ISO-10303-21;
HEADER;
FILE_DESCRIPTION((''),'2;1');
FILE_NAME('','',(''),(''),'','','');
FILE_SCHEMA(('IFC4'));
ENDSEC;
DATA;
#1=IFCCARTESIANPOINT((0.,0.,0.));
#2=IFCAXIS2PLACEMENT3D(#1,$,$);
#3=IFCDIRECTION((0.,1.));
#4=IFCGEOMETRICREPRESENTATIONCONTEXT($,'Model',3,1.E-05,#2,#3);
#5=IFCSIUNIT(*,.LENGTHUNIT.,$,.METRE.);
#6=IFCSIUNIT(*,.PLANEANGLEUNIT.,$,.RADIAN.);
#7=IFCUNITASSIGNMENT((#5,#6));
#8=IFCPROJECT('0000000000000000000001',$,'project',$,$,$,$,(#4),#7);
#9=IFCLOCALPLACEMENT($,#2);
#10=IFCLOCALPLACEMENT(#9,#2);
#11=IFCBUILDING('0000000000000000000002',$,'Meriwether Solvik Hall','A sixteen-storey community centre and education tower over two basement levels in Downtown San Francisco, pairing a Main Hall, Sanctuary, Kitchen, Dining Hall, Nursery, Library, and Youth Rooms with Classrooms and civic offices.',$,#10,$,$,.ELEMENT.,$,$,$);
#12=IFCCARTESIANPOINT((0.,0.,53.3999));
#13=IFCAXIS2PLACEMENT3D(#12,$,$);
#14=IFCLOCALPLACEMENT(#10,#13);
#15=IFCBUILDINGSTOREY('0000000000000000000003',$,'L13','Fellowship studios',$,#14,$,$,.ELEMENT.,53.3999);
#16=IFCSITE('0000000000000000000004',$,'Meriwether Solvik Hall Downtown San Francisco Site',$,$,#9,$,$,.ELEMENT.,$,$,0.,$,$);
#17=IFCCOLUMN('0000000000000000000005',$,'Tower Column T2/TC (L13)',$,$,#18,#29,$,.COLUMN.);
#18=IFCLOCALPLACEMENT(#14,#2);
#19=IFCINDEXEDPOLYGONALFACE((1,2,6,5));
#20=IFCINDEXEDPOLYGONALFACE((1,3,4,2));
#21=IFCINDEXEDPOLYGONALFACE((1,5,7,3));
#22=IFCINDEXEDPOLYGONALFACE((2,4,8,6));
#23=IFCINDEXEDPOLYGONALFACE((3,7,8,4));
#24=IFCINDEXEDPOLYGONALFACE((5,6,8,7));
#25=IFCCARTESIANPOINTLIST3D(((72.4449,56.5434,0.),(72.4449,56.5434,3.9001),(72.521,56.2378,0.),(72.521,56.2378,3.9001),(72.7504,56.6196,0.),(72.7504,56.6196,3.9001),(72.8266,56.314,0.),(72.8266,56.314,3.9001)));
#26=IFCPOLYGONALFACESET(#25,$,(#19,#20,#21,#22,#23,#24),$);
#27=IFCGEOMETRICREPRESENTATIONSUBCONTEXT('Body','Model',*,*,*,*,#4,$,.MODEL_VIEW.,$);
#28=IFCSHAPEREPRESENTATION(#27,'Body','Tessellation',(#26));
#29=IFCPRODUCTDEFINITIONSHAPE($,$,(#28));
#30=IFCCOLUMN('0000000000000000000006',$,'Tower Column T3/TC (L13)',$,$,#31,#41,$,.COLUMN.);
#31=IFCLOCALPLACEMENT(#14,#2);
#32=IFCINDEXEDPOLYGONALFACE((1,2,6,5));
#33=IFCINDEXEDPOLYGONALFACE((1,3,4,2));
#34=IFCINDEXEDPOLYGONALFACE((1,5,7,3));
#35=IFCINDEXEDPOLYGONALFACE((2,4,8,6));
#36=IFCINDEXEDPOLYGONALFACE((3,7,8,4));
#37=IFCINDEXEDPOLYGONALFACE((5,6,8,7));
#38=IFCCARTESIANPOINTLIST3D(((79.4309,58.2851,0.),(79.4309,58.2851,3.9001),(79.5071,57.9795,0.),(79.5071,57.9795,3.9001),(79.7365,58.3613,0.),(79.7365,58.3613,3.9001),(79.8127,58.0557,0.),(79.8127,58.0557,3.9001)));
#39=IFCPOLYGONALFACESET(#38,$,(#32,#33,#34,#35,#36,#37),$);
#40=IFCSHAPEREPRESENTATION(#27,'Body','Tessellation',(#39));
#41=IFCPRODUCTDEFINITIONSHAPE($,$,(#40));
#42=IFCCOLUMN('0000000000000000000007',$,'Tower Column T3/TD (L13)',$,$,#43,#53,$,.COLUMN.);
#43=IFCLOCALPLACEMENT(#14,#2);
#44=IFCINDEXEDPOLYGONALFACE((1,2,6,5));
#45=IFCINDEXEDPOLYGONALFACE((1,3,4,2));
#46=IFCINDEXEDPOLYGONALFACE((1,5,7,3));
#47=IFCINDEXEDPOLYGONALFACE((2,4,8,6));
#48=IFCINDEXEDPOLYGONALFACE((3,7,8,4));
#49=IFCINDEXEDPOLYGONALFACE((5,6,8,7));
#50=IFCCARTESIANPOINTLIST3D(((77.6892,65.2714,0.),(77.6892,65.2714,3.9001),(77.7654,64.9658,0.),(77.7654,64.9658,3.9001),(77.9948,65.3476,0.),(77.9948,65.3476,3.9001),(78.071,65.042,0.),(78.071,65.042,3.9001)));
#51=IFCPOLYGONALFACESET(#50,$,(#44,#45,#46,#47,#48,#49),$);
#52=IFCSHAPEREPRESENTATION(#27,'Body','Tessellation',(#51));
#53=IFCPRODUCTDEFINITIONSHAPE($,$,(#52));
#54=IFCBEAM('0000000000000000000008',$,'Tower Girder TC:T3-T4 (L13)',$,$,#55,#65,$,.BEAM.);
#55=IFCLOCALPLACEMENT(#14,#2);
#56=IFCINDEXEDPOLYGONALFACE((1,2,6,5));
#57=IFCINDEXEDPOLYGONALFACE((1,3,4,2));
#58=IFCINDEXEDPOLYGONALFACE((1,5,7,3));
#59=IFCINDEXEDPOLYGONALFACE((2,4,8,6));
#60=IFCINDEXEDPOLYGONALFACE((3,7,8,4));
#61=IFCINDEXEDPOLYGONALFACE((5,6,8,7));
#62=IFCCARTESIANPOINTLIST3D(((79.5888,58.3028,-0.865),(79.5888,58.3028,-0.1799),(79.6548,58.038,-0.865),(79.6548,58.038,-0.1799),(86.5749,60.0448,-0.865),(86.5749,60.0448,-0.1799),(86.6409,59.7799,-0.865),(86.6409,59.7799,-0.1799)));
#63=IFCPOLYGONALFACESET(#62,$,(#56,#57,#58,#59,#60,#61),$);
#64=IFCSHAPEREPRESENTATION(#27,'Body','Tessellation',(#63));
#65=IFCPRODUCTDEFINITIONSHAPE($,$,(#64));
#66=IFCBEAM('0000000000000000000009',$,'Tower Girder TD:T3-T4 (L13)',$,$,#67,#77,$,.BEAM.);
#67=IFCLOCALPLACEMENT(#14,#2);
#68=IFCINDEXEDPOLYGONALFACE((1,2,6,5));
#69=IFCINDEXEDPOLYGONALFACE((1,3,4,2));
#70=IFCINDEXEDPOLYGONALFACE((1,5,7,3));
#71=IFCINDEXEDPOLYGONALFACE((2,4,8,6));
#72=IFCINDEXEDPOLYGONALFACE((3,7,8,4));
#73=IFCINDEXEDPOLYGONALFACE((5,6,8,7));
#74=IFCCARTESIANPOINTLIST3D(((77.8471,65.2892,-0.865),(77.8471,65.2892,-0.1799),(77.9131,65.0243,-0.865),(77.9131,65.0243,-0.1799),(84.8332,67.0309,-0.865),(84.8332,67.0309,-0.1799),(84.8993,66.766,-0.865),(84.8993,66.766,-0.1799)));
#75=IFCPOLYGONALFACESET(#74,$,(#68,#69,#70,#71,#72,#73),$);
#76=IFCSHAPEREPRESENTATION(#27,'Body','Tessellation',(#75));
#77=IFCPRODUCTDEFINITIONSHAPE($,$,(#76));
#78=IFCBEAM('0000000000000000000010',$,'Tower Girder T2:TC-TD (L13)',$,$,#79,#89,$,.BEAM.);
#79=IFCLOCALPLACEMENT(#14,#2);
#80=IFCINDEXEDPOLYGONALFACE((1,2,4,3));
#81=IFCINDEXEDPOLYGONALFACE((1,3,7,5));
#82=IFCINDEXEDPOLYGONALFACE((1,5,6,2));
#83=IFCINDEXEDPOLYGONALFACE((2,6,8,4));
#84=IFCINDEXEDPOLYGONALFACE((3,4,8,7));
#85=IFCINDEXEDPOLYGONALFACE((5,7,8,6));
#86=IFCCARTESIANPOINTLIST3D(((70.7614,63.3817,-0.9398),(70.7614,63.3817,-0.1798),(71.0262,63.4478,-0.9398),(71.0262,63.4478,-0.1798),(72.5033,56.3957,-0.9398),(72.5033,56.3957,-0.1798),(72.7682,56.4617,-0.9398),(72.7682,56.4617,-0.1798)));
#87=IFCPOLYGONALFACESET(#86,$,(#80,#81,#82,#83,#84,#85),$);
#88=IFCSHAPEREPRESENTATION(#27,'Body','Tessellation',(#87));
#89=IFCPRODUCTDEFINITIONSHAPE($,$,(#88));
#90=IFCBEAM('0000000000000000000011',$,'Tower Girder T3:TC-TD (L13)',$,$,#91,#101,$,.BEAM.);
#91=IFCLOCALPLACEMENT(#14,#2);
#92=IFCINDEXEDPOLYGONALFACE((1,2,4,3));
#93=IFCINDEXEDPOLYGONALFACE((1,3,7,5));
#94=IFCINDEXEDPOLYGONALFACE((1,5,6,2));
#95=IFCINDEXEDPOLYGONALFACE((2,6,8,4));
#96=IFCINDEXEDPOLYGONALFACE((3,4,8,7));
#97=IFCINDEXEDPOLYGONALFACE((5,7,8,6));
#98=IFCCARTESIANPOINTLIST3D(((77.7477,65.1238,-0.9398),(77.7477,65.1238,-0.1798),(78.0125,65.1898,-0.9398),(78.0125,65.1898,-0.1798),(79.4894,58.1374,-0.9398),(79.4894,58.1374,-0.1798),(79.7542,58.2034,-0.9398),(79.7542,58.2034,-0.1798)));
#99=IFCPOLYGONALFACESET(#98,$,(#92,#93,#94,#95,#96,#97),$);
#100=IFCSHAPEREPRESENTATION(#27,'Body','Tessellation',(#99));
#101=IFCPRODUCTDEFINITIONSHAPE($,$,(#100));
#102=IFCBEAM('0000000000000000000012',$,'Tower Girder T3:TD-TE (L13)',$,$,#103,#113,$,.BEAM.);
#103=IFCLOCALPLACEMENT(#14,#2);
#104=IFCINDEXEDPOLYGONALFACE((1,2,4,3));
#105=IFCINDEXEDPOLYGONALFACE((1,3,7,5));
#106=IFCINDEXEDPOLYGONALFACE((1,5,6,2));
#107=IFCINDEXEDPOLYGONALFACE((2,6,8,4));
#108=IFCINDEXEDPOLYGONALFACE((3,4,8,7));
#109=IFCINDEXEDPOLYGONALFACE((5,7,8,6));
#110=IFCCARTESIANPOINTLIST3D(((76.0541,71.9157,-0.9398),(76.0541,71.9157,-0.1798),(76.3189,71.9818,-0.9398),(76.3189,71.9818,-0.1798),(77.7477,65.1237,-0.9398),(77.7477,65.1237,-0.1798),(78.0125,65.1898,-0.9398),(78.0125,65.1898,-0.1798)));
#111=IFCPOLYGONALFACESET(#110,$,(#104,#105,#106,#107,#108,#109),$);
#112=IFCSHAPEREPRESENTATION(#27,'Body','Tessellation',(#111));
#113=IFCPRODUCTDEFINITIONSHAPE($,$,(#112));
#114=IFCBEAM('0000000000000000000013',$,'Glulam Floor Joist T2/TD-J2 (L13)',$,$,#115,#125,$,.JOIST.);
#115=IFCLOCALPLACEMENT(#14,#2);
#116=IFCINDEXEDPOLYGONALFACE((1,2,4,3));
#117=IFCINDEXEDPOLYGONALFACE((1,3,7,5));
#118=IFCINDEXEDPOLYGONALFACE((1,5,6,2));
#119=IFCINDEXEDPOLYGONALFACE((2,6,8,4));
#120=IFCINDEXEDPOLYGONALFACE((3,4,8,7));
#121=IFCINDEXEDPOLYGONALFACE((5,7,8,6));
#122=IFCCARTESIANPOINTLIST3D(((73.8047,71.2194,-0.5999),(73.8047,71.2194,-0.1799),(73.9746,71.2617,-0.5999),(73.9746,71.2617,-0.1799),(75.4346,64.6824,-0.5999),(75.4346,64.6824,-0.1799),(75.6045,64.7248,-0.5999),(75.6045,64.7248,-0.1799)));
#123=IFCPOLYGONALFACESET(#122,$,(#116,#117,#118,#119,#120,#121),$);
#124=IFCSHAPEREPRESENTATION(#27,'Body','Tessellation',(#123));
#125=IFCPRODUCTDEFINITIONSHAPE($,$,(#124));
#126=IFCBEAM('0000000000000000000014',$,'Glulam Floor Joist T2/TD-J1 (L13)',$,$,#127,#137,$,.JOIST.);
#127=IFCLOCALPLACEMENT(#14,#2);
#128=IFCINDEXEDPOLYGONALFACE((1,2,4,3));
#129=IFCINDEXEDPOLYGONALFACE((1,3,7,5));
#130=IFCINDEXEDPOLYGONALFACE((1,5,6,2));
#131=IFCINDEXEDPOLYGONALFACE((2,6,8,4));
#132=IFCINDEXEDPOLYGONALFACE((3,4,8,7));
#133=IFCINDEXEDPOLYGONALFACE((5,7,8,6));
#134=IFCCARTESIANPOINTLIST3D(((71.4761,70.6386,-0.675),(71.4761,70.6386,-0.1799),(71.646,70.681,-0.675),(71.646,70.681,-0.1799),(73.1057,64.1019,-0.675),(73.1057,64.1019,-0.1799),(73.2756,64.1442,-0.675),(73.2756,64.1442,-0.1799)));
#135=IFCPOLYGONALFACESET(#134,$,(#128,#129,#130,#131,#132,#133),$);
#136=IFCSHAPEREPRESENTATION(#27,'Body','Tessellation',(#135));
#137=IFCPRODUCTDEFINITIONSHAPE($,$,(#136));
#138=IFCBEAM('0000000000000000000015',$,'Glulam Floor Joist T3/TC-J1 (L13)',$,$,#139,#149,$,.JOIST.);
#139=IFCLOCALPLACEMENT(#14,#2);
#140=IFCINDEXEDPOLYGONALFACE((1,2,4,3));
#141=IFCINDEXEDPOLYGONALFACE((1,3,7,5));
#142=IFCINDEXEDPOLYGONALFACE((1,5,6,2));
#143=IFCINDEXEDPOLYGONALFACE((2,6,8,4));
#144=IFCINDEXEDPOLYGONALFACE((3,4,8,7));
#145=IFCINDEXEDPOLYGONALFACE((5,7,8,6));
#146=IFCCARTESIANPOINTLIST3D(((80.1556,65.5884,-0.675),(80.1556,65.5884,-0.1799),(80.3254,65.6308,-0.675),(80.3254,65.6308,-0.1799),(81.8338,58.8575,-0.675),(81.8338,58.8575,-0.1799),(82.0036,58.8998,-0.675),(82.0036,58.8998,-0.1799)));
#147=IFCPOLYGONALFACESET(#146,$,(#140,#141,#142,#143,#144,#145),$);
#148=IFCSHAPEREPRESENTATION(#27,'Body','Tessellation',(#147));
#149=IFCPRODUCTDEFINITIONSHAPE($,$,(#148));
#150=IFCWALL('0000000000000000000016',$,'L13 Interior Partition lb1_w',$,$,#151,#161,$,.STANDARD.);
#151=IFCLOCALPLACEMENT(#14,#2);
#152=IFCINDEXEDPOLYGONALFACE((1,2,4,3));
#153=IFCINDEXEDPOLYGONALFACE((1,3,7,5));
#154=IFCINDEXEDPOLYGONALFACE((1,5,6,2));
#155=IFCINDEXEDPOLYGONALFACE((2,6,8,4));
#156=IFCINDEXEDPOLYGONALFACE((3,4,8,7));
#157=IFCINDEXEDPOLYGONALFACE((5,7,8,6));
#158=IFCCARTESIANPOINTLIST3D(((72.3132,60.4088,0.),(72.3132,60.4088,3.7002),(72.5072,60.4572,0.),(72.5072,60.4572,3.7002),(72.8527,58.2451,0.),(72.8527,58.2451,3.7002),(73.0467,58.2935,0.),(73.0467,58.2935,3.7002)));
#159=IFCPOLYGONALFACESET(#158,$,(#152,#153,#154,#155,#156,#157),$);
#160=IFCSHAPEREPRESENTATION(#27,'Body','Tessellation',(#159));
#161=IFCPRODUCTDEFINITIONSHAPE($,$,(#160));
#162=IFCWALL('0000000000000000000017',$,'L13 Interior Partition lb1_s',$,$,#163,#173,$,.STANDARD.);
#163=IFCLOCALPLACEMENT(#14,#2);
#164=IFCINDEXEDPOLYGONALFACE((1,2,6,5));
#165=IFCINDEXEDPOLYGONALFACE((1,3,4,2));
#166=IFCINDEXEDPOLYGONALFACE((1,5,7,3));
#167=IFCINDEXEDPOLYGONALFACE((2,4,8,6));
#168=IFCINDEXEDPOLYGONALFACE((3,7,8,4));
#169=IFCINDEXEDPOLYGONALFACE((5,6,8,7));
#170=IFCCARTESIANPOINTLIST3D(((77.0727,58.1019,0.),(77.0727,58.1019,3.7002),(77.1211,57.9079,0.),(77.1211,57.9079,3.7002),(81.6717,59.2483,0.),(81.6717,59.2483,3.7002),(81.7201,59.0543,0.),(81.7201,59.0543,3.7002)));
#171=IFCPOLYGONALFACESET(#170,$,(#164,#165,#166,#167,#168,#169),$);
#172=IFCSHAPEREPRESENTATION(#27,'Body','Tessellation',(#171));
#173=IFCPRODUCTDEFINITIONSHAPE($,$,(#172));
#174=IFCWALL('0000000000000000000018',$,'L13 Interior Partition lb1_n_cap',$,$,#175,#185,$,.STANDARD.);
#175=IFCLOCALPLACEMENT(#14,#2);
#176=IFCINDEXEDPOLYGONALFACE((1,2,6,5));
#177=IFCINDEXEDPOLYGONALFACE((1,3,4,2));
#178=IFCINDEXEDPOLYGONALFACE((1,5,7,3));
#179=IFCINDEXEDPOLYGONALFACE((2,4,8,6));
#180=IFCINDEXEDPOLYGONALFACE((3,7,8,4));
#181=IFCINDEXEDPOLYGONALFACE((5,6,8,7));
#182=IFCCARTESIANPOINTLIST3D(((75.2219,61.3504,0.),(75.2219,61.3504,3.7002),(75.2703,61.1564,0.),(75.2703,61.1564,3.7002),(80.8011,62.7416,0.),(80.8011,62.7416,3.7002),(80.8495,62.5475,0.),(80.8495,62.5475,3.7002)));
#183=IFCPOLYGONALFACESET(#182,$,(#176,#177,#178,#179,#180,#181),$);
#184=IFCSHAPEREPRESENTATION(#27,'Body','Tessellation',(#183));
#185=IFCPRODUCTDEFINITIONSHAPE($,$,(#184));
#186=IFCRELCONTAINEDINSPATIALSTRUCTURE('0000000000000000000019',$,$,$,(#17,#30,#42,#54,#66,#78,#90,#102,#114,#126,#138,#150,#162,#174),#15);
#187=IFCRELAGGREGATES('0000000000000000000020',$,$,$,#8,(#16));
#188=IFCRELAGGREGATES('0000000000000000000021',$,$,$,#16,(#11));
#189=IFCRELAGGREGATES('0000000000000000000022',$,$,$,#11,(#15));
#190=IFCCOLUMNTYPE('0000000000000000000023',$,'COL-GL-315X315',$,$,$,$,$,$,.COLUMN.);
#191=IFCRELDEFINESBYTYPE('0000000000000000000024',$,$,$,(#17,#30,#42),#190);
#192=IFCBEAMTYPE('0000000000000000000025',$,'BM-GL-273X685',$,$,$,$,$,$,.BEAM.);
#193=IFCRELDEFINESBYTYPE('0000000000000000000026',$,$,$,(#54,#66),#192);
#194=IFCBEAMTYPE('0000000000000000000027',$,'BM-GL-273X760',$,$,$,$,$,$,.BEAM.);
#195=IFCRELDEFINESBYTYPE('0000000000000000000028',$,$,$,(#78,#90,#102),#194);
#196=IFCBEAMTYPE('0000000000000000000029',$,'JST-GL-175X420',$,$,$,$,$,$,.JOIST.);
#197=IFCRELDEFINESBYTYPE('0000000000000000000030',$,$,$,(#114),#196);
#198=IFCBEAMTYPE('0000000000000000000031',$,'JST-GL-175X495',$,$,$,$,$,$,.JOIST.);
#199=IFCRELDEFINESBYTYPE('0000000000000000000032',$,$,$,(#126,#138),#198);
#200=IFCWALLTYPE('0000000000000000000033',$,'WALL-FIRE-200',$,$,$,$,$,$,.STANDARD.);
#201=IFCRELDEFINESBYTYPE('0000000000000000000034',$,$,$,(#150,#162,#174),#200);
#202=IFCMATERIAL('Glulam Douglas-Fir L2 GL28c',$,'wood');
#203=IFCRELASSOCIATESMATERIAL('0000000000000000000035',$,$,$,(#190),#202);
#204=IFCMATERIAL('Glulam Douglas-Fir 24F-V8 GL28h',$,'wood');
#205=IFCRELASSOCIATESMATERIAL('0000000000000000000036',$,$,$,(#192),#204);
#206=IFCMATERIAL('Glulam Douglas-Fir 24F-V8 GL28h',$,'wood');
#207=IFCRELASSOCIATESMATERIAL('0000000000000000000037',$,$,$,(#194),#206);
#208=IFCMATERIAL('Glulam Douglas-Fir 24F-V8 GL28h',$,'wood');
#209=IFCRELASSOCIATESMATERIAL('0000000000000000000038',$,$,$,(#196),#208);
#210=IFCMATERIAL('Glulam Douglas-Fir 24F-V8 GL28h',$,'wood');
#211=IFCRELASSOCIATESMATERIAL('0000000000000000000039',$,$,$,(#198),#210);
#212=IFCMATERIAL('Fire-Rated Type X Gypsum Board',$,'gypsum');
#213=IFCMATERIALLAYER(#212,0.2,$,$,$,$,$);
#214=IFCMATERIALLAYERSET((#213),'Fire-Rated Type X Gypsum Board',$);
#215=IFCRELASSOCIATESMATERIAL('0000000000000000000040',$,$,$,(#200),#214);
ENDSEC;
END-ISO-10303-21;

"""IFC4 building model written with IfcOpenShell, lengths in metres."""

from ifc_helpers import new_model, si_unit, direction, frame, frame_2d, origin, origin_2d, place, context, subcontext, project, spatial, rectangle, extrude, material, layer, layer_set, material_profile, profile_set, type_object, element, save


model = new_model("IFC4")

# Units and contexts
model_context = context("Model", 3, precision=1e-05, world=origin(), true_north=direction((0.0, 1.0)))
body_context = subcontext(model_context, "Body", "Model", "MODEL_VIEW")
ifc_project = project(units=[si_unit("LENGTHUNIT", "METRE"), si_unit("PLANEANGLEUNIT", "RADIAN")], contexts=[model_context])

# Site, building, storey
site_placement = place(None, origin())
site = spatial("IfcSite", under=ifc_project, at=site_placement, Name="Meriwether Solvik Hall Downtown San Francisco Site", CompositionType="ELEMENT", RefElevation=0.0)
building_placement = place(site_placement, origin())
building = spatial("IfcBuilding", under=site, at=building_placement, Name="Meriwether Solvik Hall", Description="A sixteen-storey community centre and education tower over two basement levels in Downtown San Francisco, pairing a Main Hall, Sanctuary, Kitchen, Dining Hall, Nursery, Library, and Youth Rooms with Classrooms and civic offices.", CompositionType="ELEMENT")
storey_placement = place(building_placement, frame((0.0, 0.0, 53.3999)))
storey = spatial("IfcBuildingStorey", under=building, at=storey_placement, Name="L13", Description="Fellowship studios", CompositionType="ELEMENT", Elevation=53.3999)

# Columns
ifc_material_1 = material(Name="Glulam Douglas-Fir L2 GL28c", Category="wood")
ifc_material_profile_1 = material_profile(ifc_material_1, rectangle(XDim=0.3149, YDim=0.3149, at=origin_2d()), Name="GLC-315X315")
ifc_profile_set_1 = profile_set([ifc_material_profile_1], Name="Glulam Douglas-Fir L2 GL28c")
column_type = type_object("IfcColumnType", Name="COL-GL-315X315", PredefinedType="COLUMN", material=ifc_profile_set_1)
for number, where, z_axis, x_axis, name in (
    (1, (72.6357, 56.4287, 0.0), (0.0, 0.0, 1.0), (0.970296, 0.241922, 0.0), "Tower Column T2/TC (L13)"),
    (2, (79.6218, 58.1704, 0.0), (0.0, 0.0, 1.0), (0.970296, 0.241922, 0.0), "Tower Column T3/TC (L13)"),
    (3, (77.8801, 65.1567, 0.0), (0.0, 0.0, 1.0), (0.970296, 0.241922, 0.0), "Tower Column T3/TD (L13)"),
):
    element("IfcColumn", number, at=place(storey_placement, frame(where, z_axis=z_axis, x_axis=x_axis)), inside=storey, type_object=column_type, Name=name, PredefinedType="COLUMN", context=body_context, shape_type="SweptSolid", body=[
        extrude(rectangle(XDim=0.3149, YDim=0.3149, at=origin_2d()), origin(), (0.0, 0.0, 1.0), 3.9001),
    ])

# Beams
ifc_material_2 = material(Name="Glulam Douglas-Fir 24F-V8 GL28h", Category="wood")
ifc_material_profile_2 = material_profile(ifc_material_2, rectangle(XDim=0.2729, YDim=0.6851, at=origin_2d()), Name="GLB-273X685")
ifc_profile_set_2 = profile_set([ifc_material_profile_2], Name="Glulam Douglas-Fir 24F-V8 GL28h")
beam_type_1 = type_object("IfcBeamType", Name="BM-GL-273X685", PredefinedType="BEAM", material=ifc_profile_set_2)
for number, where, z_axis, x_axis, name in (
    (4, (79.6218, 58.1704, -0.5225), (0.970292, 0.241937, 0.0), (-0.241937, 0.970292, 0.0), "Tower Girder TC:T3-T4 (L13)"),
    (5, (77.8801, 65.1567, -0.5225), (0.9703, 0.241905, 0.0), (-0.241905, 0.9703, 0.0), "Tower Girder TD:T3-T4 (L13)"),
):
    element("IfcBeam", number, at=place(storey_placement, frame(where, z_axis=z_axis, x_axis=x_axis)), inside=storey, type_object=beam_type_1, Name=name, PredefinedType="BEAM", context=body_context, shape_type="SweptSolid", body=[
        extrude(rectangle(XDim=0.2729, YDim=0.6851, at=origin_2d()), origin(), (0.0, 0.0, 1.0), 7.2),
    ])
ifc_material_3 = material(Name="Glulam Douglas-Fir 24F-V8 GL28h", Category="wood")
ifc_material_profile_3 = material_profile(ifc_material_3, rectangle(XDim=0.2729, YDim=0.76, at=origin_2d()), Name="GLB-273X760")
ifc_profile_set_3 = profile_set([ifc_material_profile_3], Name="Glulam Douglas-Fir 24F-V8 GL28h")
beam_type_2 = type_object("IfcBeamType", Name="BM-GL-273X760", PredefinedType="BEAM", material=ifc_profile_set_3)
beam_1_placement = place(storey_placement, frame((72.6357, 56.4287, -0.5598), z_axis=(-0.241937, 0.970292, 0.0), x_axis=(-0.970292, -0.241937, 0.0)))
element("IfcBeam", 6, at=beam_1_placement, inside=storey, type_object=beam_type_2, Name="Tower Girder T2:TC-TD (L13)", PredefinedType="BEAM", context=body_context, shape_type="SweptSolid", body=[
    extrude(rectangle(XDim=0.2729, YDim=0.76, at=origin_2d()), origin(), (0.0, 0.0, 1.0), 7.2),
])
beam_2_placement = place(storey_placement, frame((79.6218, 58.1704, -0.5598), z_axis=(-0.241897, 0.970302, 0.0), x_axis=(-0.970302, -0.241897, 0.0)))
element("IfcBeam", 7, at=beam_2_placement, inside=storey, type_object=beam_type_2, Name="Tower Girder T3:TC-TD (L13)", PredefinedType="BEAM", context=body_context, shape_type="SweptSolid", body=[
    extrude(rectangle(XDim=0.2729, YDim=0.76, at=origin_2d()), origin(), (0.0, 0.0, 1.0), 7.2002),
])
beam_3_placement = place(storey_placement, frame((77.8801, 65.1567, -0.5598), z_axis=(-0.241945, 0.97029, 0.0), x_axis=(-0.97029, -0.241945, 0.0)))
element("IfcBeam", 8, at=beam_3_placement, inside=storey, type_object=beam_type_2, Name="Tower Girder T3:TD-TE (L13)", PredefinedType="BEAM", context=body_context, shape_type="SweptSolid", body=[
    extrude(rectangle(XDim=0.2729, YDim=0.76, at=origin_2d()), origin(), (0.0, 0.0, 1.0), 7.0),
])
ifc_material_4 = material(Name="Glulam Douglas-Fir 24F-V8 GL28h", Category="wood")
ifc_material_profile_4 = material_profile(ifc_material_4, rectangle(XDim=0.175, YDim=0.4199, at=origin_2d()), Name="GLJ-175X420")
ifc_profile_set_4 = profile_set([ifc_material_profile_4], Name="Glulam Douglas-Fir 24F-V8 GL28h")
beam_type_3 = type_object("IfcBeamType", Name="JST-GL-175X420", PredefinedType="JOIST", material=ifc_profile_set_4)
beam_4_placement = place(storey_placement, frame((75.5195, 64.7036, -0.3899), z_axis=(-0.24193, 0.970294, 0.0), x_axis=(-0.970294, -0.24193, 0.0)))
element("IfcBeam", 9, at=beam_4_placement, inside=storey, type_object=beam_type_3, Name="Glulam Floor Joist T2/TD-J2 (L13)", PredefinedType="JOIST", context=body_context, shape_type="SweptSolid", body=[
    extrude(rectangle(XDim=0.175, YDim=0.4199, at=origin_2d()), origin(), (0.0, 0.0, 1.0), 6.7371),
])
ifc_material_5 = material(Name="Glulam Douglas-Fir 24F-V8 GL28h", Category="wood")
ifc_material_profile_5 = material_profile(ifc_material_5, rectangle(XDim=0.175, YDim=0.4951, at=origin_2d()), Name="GLJ-175X495")
ifc_profile_set_5 = profile_set([ifc_material_profile_5], Name="Glulam Douglas-Fir 24F-V8 GL28h")
beam_type_4 = type_object("IfcBeamType", Name="JST-GL-175X495", PredefinedType="JOIST", material=ifc_profile_set_5)
beam_5_placement = place(storey_placement, frame((73.1907, 64.123, -0.4275), z_axis=(-0.241896, 0.970302, 0.0), x_axis=(-0.970302, -0.241896, 0.0)))
element("IfcBeam", 10, at=beam_5_placement, inside=storey, type_object=beam_type_4, Name="Glulam Floor Joist T2/TD-J1 (L13)", PredefinedType="JOIST", context=body_context, shape_type="SweptSolid", body=[
    extrude(rectangle(XDim=0.175, YDim=0.4951, at=origin_2d()), origin(), (0.0, 0.0, 1.0), 6.7368),
])
beam_6_placement = place(storey_placement, frame((81.9187, 58.8787, -0.4275), z_axis=(-0.241923, 0.970296, 0.0), x_axis=(-0.970296, -0.241923, 0.0)))
element("IfcBeam", 11, at=beam_6_placement, inside=storey, type_object=beam_type_4, Name="Glulam Floor Joist T3/TC-J1 (L13)", PredefinedType="JOIST", context=body_context, shape_type="SweptSolid", body=[
    extrude(rectangle(XDim=0.175, YDim=0.4951, at=origin_2d()), origin(), (0.0, 0.0, 1.0), 6.937),
])

# Walls
ifc_material_6 = material(Name="Fire-Rated Type X Gypsum Board", Category="gypsum")
ifc_layer_1 = layer(ifc_material_6, 0.2)
ifc_layer_set_1 = layer_set([ifc_layer_1], Name="Fire-Rated Type X Gypsum Board")
wall_type_1 = type_object("IfcWallType", Name="WALL-FIRE-200", PredefinedType="STANDARD", material=ifc_layer_set_1)
wall_1_placement = place(storey_placement, frame((72.9497, 58.2693, 0.0), z_axis=(0.0, 0.0, 1.0), x_axis=(-0.241943, 0.97029, 0.0)))
element("IfcWall", 12, at=wall_1_placement, inside=storey, type_object=wall_type_1, Name="L13 Interior Partition lb1_w", PredefinedType="STANDARD", context=body_context, shape_type="SweptSolid", body=[
    extrude(rectangle(XDim=2.23, YDim=0.2, at=frame_2d((1.115, 0.0))), origin(), (0.0, 0.0, 1.0), 3.7002),
])
wall_2_placement = place(storey_placement, frame((77.0969, 58.0049, 0.0), z_axis=(0.0, 0.0, 1.0), x_axis=(0.970306, 0.241881, 0.0)))
element("IfcWall", 13, at=wall_2_placement, inside=storey, type_object=wall_type_1, Name="L13 Interior Partition lb1_s", PredefinedType="STANDARD", context=body_context, shape_type="SweptSolid", body=[
    extrude(rectangle(XDim=4.7397, YDim=0.2, at=frame_2d((2.3699, 0.0))), origin(), (0.0, 0.0, 1.0), 3.7002),
])
wall_3_placement = place(storey_placement, frame((75.2461, 61.2534, 0.0), z_axis=(0.0, 0.0, 1.0), x_axis=(0.970292, 0.241936, 0.0)))
element("IfcWall", 14, at=wall_3_placement, inside=storey, type_object=wall_type_1, Name="L13 Interior Partition lb1_n_cap", PredefinedType="STANDARD", context=body_context, shape_type="SweptSolid", body=[
    extrude(rectangle(XDim=5.75, YDim=0.2, at=frame_2d((2.875, 0.0))), origin(), (0.0, 0.0, 1.0), 3.7002),
])

save(model, "model.ifc")
